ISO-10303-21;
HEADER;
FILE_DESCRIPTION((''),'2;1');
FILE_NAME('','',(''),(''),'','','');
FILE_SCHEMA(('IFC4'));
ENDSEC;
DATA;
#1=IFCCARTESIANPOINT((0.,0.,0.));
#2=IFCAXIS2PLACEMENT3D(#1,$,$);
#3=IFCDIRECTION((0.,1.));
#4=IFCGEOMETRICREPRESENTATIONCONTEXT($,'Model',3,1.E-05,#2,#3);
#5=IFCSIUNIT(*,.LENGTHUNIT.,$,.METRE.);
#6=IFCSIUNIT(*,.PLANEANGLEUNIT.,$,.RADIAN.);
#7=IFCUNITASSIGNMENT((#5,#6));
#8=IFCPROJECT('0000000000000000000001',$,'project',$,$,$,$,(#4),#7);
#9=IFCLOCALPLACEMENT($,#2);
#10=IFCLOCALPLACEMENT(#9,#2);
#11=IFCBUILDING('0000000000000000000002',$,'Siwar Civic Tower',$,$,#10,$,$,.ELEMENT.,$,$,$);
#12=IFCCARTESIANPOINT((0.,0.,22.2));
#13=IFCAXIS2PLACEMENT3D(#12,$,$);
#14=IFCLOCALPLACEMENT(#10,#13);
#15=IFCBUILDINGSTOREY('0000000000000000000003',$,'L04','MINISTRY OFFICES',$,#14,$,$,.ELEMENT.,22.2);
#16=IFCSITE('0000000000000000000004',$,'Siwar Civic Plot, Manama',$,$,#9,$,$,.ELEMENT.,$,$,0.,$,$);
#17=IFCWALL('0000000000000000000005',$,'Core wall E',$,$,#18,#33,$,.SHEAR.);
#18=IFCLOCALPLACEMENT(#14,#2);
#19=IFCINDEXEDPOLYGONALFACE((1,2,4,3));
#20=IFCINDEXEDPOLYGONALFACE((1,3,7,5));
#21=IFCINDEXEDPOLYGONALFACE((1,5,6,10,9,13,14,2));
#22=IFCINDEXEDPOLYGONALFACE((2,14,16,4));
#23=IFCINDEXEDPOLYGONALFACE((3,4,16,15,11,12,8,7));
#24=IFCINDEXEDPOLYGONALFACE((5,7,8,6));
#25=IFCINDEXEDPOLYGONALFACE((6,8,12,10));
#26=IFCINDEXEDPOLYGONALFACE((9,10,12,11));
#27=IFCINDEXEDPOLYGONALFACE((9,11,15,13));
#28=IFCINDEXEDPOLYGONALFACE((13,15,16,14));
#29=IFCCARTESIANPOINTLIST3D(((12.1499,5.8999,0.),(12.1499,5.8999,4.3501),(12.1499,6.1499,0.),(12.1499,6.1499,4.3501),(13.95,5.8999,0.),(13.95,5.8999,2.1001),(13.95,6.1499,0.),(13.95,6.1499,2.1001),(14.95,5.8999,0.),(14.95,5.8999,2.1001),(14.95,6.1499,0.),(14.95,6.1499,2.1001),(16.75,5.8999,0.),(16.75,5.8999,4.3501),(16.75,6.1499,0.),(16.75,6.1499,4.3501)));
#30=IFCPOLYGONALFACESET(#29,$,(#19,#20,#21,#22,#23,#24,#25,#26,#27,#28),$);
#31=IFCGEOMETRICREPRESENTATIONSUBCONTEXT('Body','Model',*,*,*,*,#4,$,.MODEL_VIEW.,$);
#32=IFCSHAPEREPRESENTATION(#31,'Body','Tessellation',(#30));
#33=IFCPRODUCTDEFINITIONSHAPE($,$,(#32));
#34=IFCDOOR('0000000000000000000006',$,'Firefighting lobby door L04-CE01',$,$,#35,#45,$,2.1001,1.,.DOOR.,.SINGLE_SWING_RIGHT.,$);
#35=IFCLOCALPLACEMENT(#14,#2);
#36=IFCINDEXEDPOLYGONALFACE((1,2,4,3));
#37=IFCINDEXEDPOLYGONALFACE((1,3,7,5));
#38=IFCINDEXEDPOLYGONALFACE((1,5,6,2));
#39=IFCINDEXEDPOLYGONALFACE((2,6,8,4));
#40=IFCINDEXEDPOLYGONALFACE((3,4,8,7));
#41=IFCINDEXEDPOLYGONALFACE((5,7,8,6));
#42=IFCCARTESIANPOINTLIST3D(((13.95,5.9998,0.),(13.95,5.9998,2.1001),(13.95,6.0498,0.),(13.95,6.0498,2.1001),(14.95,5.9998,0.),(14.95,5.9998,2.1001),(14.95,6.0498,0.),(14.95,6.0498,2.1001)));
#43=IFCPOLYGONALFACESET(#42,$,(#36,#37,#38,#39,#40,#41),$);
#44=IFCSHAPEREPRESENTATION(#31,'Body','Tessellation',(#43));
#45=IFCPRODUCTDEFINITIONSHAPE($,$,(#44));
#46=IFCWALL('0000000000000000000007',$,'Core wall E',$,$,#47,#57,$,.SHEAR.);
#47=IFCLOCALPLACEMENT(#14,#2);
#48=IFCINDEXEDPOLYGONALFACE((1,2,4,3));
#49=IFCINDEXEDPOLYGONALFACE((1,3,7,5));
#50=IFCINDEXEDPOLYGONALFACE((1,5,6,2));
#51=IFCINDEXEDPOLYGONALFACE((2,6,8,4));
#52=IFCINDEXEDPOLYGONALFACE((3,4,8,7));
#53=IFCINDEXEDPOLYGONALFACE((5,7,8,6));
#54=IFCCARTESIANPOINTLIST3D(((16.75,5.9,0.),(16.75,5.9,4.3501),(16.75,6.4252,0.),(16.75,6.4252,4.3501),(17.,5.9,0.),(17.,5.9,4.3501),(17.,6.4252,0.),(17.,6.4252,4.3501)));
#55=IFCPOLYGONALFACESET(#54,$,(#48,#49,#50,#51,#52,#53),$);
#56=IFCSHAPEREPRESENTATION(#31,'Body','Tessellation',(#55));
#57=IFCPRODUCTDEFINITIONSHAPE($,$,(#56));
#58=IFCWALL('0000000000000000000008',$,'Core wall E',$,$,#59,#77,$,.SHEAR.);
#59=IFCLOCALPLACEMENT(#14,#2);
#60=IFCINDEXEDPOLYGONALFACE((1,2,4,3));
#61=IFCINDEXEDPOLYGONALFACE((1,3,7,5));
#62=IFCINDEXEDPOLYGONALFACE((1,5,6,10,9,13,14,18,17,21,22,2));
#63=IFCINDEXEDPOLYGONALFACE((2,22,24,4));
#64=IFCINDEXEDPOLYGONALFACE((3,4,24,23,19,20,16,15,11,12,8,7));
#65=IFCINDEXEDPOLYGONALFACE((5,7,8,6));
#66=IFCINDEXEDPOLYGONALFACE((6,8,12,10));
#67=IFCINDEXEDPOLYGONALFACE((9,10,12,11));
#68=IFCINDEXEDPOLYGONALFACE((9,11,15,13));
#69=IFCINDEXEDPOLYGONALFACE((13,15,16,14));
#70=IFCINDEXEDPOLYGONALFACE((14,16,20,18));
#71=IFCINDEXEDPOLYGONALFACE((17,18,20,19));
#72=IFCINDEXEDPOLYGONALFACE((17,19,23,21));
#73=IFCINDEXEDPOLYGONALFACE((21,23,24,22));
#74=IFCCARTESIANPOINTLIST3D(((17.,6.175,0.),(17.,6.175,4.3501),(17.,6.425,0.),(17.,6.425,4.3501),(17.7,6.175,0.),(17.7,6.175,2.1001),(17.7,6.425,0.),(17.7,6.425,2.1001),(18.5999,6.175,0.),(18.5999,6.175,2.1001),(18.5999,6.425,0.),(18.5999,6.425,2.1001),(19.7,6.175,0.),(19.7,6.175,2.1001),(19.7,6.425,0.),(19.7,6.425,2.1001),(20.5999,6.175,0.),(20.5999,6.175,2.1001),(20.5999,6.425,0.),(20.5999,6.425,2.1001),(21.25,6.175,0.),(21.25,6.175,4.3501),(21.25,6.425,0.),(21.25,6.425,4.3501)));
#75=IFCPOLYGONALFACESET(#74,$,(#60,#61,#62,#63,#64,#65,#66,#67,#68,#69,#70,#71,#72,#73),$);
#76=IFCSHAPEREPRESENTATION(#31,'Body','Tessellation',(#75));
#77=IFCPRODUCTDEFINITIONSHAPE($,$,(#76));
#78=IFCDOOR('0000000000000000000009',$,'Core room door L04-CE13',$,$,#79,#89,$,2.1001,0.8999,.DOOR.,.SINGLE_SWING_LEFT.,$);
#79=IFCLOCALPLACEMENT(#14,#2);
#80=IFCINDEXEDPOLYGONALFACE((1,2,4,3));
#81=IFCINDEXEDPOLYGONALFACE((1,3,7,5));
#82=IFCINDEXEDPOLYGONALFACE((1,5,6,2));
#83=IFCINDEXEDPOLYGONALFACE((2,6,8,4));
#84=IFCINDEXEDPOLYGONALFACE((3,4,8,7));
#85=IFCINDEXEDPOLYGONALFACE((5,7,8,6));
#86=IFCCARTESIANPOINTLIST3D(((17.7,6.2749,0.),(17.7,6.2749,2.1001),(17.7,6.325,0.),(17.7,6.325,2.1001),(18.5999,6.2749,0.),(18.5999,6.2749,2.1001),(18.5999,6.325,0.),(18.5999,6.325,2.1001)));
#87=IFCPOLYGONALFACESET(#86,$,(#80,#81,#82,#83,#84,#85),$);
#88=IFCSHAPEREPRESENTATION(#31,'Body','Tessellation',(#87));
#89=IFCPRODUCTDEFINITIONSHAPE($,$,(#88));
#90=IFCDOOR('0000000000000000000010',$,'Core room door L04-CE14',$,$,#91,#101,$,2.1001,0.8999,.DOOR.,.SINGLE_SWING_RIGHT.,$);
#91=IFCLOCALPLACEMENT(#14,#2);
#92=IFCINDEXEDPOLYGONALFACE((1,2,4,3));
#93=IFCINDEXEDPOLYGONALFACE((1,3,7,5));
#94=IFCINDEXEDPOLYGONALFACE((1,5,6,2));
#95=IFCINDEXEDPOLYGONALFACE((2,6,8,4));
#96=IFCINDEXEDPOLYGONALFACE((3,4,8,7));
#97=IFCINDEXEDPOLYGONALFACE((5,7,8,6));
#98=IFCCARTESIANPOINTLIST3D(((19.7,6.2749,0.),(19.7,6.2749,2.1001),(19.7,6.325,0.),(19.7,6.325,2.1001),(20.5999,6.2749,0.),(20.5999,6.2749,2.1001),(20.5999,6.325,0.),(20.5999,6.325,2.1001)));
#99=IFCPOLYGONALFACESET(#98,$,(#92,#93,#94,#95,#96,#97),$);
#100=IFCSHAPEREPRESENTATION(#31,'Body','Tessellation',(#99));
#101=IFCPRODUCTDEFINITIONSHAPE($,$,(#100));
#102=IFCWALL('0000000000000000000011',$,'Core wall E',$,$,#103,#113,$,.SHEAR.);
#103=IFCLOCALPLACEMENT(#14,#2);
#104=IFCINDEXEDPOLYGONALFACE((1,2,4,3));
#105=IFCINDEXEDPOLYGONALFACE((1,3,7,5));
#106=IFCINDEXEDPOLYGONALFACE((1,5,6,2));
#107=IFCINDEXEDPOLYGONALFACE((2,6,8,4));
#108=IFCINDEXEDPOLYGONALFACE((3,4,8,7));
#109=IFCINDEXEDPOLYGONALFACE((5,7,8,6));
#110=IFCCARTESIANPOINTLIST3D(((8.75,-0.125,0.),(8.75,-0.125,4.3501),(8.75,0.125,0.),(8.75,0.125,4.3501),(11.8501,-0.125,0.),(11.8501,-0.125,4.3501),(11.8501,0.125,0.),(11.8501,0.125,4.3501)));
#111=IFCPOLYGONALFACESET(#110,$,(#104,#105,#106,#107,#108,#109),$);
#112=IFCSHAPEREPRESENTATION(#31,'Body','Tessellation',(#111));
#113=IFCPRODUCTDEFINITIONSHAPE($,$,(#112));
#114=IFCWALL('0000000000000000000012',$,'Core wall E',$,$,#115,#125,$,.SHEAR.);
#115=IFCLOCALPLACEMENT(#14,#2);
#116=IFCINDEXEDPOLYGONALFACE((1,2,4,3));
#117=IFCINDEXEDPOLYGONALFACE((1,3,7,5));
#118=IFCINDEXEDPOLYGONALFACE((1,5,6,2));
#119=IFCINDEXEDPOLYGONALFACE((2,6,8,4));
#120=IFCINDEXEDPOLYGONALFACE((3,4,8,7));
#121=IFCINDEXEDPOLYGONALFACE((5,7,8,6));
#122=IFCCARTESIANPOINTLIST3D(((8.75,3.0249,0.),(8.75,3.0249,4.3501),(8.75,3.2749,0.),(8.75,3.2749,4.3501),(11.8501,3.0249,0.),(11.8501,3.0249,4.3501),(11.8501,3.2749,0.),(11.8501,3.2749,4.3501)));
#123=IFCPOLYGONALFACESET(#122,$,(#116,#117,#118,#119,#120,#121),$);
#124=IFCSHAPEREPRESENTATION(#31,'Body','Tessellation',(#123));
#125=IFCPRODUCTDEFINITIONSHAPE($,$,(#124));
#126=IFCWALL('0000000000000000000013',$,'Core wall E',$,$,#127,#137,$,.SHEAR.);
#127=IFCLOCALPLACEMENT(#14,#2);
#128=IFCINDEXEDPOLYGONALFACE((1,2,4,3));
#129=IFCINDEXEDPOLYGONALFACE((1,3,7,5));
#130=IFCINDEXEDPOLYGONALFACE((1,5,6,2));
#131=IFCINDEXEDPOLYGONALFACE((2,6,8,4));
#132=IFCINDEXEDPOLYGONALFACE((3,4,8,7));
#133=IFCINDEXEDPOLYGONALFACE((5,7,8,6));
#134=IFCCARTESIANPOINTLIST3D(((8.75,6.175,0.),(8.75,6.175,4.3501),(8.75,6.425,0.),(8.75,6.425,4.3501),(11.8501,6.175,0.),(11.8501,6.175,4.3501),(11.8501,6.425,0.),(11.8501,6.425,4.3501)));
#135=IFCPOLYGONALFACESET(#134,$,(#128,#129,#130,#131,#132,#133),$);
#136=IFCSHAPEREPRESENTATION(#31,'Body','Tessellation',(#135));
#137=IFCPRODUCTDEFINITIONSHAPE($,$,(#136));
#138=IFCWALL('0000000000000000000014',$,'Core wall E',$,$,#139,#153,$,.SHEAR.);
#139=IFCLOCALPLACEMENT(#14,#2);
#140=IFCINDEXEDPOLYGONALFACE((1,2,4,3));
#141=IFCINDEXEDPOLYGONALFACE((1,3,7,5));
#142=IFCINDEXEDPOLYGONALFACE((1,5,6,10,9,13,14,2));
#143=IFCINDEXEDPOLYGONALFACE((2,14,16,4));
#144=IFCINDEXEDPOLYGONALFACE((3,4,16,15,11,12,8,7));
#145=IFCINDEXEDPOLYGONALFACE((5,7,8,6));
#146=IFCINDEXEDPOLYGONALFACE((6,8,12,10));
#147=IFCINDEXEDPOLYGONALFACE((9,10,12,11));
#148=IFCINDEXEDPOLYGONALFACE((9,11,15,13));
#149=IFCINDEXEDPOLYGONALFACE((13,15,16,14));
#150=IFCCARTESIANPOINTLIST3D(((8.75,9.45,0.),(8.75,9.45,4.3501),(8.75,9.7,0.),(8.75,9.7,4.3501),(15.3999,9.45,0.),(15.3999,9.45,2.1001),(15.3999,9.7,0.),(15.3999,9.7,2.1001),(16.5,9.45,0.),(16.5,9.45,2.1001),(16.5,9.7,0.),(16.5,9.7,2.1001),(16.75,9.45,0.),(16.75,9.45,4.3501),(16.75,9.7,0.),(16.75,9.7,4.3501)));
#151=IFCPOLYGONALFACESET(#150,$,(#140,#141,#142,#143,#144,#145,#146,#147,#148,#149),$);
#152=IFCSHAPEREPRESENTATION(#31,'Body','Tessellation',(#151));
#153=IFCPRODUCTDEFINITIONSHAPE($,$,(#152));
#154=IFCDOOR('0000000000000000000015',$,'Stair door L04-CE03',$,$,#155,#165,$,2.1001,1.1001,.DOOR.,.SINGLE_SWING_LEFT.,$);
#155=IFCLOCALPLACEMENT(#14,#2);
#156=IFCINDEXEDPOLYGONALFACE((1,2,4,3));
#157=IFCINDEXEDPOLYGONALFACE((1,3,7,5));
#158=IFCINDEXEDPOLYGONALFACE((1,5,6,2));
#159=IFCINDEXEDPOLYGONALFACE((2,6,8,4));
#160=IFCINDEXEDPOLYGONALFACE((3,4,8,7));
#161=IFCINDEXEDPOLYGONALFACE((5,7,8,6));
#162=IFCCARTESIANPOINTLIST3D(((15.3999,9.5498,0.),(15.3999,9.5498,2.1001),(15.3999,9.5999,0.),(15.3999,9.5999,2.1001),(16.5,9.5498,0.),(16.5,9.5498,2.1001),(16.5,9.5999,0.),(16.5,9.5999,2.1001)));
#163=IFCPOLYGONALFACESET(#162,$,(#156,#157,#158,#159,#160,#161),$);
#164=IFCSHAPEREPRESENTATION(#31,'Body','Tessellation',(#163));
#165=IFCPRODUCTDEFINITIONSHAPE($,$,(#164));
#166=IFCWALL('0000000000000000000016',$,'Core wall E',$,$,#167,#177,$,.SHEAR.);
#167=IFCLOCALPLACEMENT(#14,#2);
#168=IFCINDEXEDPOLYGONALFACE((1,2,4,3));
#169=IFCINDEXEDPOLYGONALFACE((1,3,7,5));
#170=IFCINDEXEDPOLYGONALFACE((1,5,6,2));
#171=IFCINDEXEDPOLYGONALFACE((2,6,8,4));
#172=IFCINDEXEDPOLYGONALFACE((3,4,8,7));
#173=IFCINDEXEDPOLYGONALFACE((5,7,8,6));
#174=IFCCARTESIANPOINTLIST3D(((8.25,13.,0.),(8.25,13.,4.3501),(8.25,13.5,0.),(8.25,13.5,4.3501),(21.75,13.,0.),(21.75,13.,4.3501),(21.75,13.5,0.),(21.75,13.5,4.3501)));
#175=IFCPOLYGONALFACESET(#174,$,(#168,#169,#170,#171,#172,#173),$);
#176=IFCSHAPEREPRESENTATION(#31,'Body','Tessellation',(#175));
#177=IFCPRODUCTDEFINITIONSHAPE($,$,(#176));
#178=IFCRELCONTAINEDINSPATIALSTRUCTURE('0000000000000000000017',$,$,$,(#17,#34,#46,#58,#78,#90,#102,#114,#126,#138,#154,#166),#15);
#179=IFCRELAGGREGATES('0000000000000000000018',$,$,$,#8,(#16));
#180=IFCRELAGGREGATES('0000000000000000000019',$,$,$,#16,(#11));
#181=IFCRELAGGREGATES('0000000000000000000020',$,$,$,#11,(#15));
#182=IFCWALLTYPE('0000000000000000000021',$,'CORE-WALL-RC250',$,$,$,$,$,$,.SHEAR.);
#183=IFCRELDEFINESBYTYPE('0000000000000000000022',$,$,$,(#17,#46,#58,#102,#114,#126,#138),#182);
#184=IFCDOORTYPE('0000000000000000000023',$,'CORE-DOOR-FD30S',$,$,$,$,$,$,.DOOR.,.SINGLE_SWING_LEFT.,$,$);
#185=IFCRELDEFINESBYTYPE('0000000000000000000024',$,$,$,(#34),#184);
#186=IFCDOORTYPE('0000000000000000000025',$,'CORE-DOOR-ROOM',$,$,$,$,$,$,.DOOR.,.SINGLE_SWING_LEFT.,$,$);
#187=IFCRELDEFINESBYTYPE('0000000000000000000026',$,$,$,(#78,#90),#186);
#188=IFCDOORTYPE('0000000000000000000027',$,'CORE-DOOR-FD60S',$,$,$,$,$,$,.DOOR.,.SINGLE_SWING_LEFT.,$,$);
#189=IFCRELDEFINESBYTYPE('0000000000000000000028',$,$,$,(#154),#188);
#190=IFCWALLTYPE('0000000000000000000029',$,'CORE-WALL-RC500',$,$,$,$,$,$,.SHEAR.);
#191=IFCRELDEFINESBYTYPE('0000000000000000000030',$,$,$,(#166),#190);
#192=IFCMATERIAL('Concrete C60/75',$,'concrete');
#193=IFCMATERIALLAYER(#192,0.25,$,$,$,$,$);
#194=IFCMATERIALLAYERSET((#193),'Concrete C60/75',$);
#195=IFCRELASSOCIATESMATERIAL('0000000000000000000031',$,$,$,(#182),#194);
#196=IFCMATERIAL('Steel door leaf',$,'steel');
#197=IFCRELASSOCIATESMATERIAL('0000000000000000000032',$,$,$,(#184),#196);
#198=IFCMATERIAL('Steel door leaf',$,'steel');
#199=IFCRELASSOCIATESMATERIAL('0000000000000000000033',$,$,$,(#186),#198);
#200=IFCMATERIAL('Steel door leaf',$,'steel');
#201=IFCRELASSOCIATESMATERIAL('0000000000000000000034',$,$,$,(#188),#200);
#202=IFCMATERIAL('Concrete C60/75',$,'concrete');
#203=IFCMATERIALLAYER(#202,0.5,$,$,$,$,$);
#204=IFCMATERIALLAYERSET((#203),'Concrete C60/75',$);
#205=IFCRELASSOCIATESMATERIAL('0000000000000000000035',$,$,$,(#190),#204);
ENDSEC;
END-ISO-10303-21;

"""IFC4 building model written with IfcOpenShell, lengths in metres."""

from ifc_helpers import new_model, si_unit, direction, frame, frame_2d, origin, place, context, subcontext, project, spatial, rectangle, extrude, material, layer, layer_set, type_object, element, fill, save


model = new_model("IFC4")

# Units and contexts
model_context = context("Model", 3, precision=1e-05, world=origin(), true_north=direction((0.0, 1.0)))
body_context = subcontext(model_context, "Body", "Model", "MODEL_VIEW")
ifc_project = project(units=[si_unit("LENGTHUNIT", "METRE"), si_unit("PLANEANGLEUNIT", "RADIAN")], contexts=[model_context])

# Site, building, storey
site_placement = place(None, origin())
site = spatial("IfcSite", under=ifc_project, at=site_placement, Name="Siwar Civic Plot, Manama", CompositionType="ELEMENT", RefElevation=0.0)
building_placement = place(site_placement, origin())
building = spatial("IfcBuilding", under=site, at=building_placement, Name="Siwar Civic Tower", CompositionType="ELEMENT")
storey_placement = place(building_placement, frame((0.0, 0.0, 22.2)))
storey = spatial("IfcBuildingStorey", under=building, at=storey_placement, Name="L04", Description="MINISTRY OFFICES", CompositionType="ELEMENT", Elevation=22.2)

# Wall, opening, door
ifc_material_1 = material(Name="Concrete C60/75", Category="concrete")
ifc_layer_1 = layer(ifc_material_1, 0.25)
ifc_layer_set_1 = layer_set([ifc_layer_1], Name="Concrete C60/75")
wall_type_1 = type_object("IfcWallType", Name="CORE-WALL-RC250", PredefinedType="SHEAR", material=ifc_layer_set_1)
wall_1_placement = place(storey_placement, frame((12.1499, 6.0249, 0.0), z_axis=(0.0, 0.0, 1.0), x_axis=(1.0, 0.0, 0.0)))
wall_1 = element("IfcWall", 1, at=wall_1_placement, inside=storey, type_object=wall_type_1, Name="Core wall E", PredefinedType="SHEAR", context=body_context, shape_type="SweptSolid", body=[
    extrude(rectangle(XDim=4.6001, YDim=0.25, at=frame_2d((2.3, 0.0))), origin(), (0.0, 0.0, 1.0), 4.3501),
])
opening_1_placement = place(wall_1_placement, frame((1.8, 0.0, 0.0)))
opening_1 = element("IfcOpeningElement", 2, at=opening_1_placement, cuts=wall_1, PredefinedType="OPENING", context=body_context, shape_type="SweptSolid", body=[
    extrude(rectangle(XDim=1.0, YDim=2.1001, at=frame_2d((0.5, 1.05))), frame((0.0, 0.135, 0.0), z_axis=(0.0, -1.0, 0.0), x_axis=(1.0, 0.0, 0.0)), (0.0, 0.0, 1.0), 0.27),
])
ifc_material_2 = material(Name="Steel door leaf", Category="steel")
door_type_1 = type_object("IfcDoorType", Name="CORE-DOOR-FD30S", OperationType="SINGLE_SWING_LEFT", PredefinedType="DOOR", material=ifc_material_2)
door_1_placement = place(opening_1_placement, origin())
door_1 = element("IfcDoor", 3, at=door_1_placement, inside=storey, type_object=door_type_1, Name="Firefighting lobby door L04-CE01", OperationType="SINGLE_SWING_RIGHT", OverallHeight=2.1001, OverallWidth=1.0, PredefinedType="DOOR", context=body_context, shape_type="SweptSolid", body=[
    extrude(rectangle(XDim=1.0, YDim=2.1001, at=frame_2d((0.5, 1.05))), frame((0.0, 0.0249, 0.0), z_axis=(0.0, -1.0, 0.0), x_axis=(1.0, 0.0, 0.0)), (0.0, 0.0, 1.0), 0.05),
])
fill(opening_1, door_1)

# Wall
wall_2_placement = place(storey_placement, frame((16.875, 5.8999, 0.0), z_axis=(0.0, 0.0, 1.0), x_axis=(0.0, 1.0, 0.0)))
element("IfcWall", 4, at=wall_2_placement, inside=storey, type_object=wall_type_1, Name="Core wall E", PredefinedType="SHEAR", context=body_context, shape_type="SweptSolid", body=[
    extrude(rectangle(XDim=0.5251, YDim=0.25, at=frame_2d((0.2627, 0.0))), origin(), (0.0, 0.0, 1.0), 4.3501),
])

# Wall, openings, doors
wall_3_placement = place(storey_placement, frame((17.0, 6.3, 0.0), z_axis=(0.0, 0.0, 1.0), x_axis=(1.0, 0.0, 0.0)))
wall_3 = element("IfcWall", 5, at=wall_3_placement, inside=storey, type_object=wall_type_1, Name="Core wall E", PredefinedType="SHEAR", context=body_context, shape_type="SweptSolid", body=[
    extrude(rectangle(XDim=4.25, YDim=0.25, at=frame_2d((2.125, 0.0))), origin(), (0.0, 0.0, 1.0), 4.3501),
])
opening_2_placement = place(wall_3_placement, frame((0.7, 0.0, 0.0)))
opening_2 = element("IfcOpeningElement", 6, at=opening_2_placement, cuts=wall_3, PredefinedType="OPENING", context=body_context, shape_type="SweptSolid", body=[
    extrude(rectangle(XDim=0.8999, YDim=2.1001, at=frame_2d((0.45, 1.05))), frame((0.0, 0.135, 0.0), z_axis=(0.0, -1.0, 0.0), x_axis=(1.0, 0.0, 0.0)), (0.0, 0.0, 1.0), 0.27),
])
opening_3_placement = place(wall_3_placement, frame((2.7, 0.0, 0.0)))
opening_3 = element("IfcOpeningElement", 7, at=opening_3_placement, cuts=wall_3, PredefinedType="OPENING", context=body_context, shape_type="SweptSolid", body=[
    extrude(rectangle(XDim=0.8999, YDim=2.1001, at=frame_2d((0.45, 1.05))), frame((0.0, 0.135, 0.0), z_axis=(0.0, -1.0, 0.0), x_axis=(1.0, 0.0, 0.0)), (0.0, 0.0, 1.0), 0.27),
])
ifc_material_3 = material(Name="Steel door leaf", Category="steel")
door_type_2 = type_object("IfcDoorType", Name="CORE-DOOR-ROOM", OperationType="SINGLE_SWING_LEFT", PredefinedType="DOOR", material=ifc_material_3)
door_2_placement = place(opening_2_placement, origin())
door_2 = element("IfcDoor", 8, at=door_2_placement, inside=storey, type_object=door_type_2, Name="Core room door L04-CE13", OperationType="SINGLE_SWING_LEFT", OverallHeight=2.1001, OverallWidth=0.8999, PredefinedType="DOOR", context=body_context, shape_type="SweptSolid", body=[
    extrude(rectangle(XDim=0.8999, YDim=2.1001, at=frame_2d((0.45, 1.05))), frame((0.0, 0.0249, 0.0), z_axis=(0.0, -1.0, 0.0), x_axis=(1.0, 0.0, 0.0)), (0.0, 0.0, 1.0), 0.05),
])
fill(opening_2, door_2)
door_3_placement = place(opening_3_placement, origin())
door_3 = element("IfcDoor", 9, at=door_3_placement, inside=storey, type_object=door_type_2, Name="Core room door L04-CE14", OperationType="SINGLE_SWING_RIGHT", OverallHeight=2.1001, OverallWidth=0.8999, PredefinedType="DOOR", context=body_context, shape_type="SweptSolid", body=[
    extrude(rectangle(XDim=0.8999, YDim=2.1001, at=frame_2d((0.45, 1.05))), frame((0.0, 0.0249, 0.0), z_axis=(0.0, -1.0, 0.0), x_axis=(1.0, 0.0, 0.0)), (0.0, 0.0, 1.0), 0.05),
])
fill(opening_3, door_3)

# Walls
for number, where, z_axis, x_axis, name in (
    (10, (8.75, 0.0, 0.0), (0.0, 0.0, 1.0), (1.0, 0.0, 0.0), "Core wall E"),
    (11, (8.75, 3.1499, 0.0), (0.0, 0.0, 1.0), (1.0, 0.0, 0.0), "Core wall E"),
    (12, (8.75, 6.3, 0.0), (0.0, 0.0, 1.0), (1.0, 0.0, 0.0), "Core wall E"),
):
    element("IfcWall", number, at=place(storey_placement, frame(where, z_axis=z_axis, x_axis=x_axis)), inside=storey, type_object=wall_type_1, Name=name, PredefinedType="SHEAR", context=body_context, shape_type="SweptSolid", body=[
        extrude(rectangle(XDim=3.1001, YDim=0.25, at=frame_2d((1.55, 0.0))), origin(), (0.0, 0.0, 1.0), 4.3501),
    ])

# Wall, opening, door
wall_4_placement = place(storey_placement, frame((8.75, 9.575, 0.0), z_axis=(0.0, 0.0, 1.0), x_axis=(1.0, 0.0, 0.0)))
wall_4 = element("IfcWall", 13, at=wall_4_placement, inside=storey, type_object=wall_type_1, Name="Core wall E", PredefinedType="SHEAR", context=body_context, shape_type="SweptSolid", body=[
    extrude(rectangle(XDim=8.0, YDim=0.25, at=frame_2d((4.0, 0.0))), origin(), (0.0, 0.0, 1.0), 4.3501),
])
opening_4_placement = place(wall_4_placement, frame((6.6499, 0.0, 0.0)))
opening_4 = element("IfcOpeningElement", 14, at=opening_4_placement, cuts=wall_4, PredefinedType="OPENING", context=body_context, shape_type="SweptSolid", body=[
    extrude(rectangle(XDim=1.1001, YDim=2.1001, at=frame_2d((0.55, 1.05))), frame((0.0, 0.135, 0.0), z_axis=(0.0, -1.0, 0.0), x_axis=(1.0, 0.0, 0.0)), (0.0, 0.0, 1.0), 0.27),
])
ifc_material_4 = material(Name="Steel door leaf", Category="steel")
door_type_3 = type_object("IfcDoorType", Name="CORE-DOOR-FD60S", OperationType="SINGLE_SWING_LEFT", PredefinedType="DOOR", material=ifc_material_4)
door_4_placement = place(opening_4_placement, origin())
door_4 = element("IfcDoor", 15, at=door_4_placement, inside=storey, type_object=door_type_3, Name="Stair door L04-CE03", OperationType="SINGLE_SWING_LEFT", OverallHeight=2.1001, OverallWidth=1.1001, PredefinedType="DOOR", context=body_context, shape_type="SweptSolid", body=[
    extrude(rectangle(XDim=1.1001, YDim=2.1001, at=frame_2d((0.55, 1.05))), frame((0.0, 0.0249, 0.0), z_axis=(0.0, -1.0, 0.0), x_axis=(1.0, 0.0, 0.0)), (0.0, 0.0, 1.0), 0.05),
])
fill(opening_4, door_4)

# Wall
ifc_material_5 = material(Name="Concrete C60/75", Category="concrete")
ifc_layer_2 = layer(ifc_material_5, 0.5)
ifc_layer_set_2 = layer_set([ifc_layer_2], Name="Concrete C60/75")
wall_type_2 = type_object("IfcWallType", Name="CORE-WALL-RC500", PredefinedType="SHEAR", material=ifc_layer_set_2)
wall_5_placement = place(storey_placement, frame((8.25, 13.25, 0.0), z_axis=(0.0, 0.0, 1.0), x_axis=(1.0, 0.0, 0.0)))
element("IfcWall", 16, at=wall_5_placement, inside=storey, type_object=wall_type_2, Name="Core wall E", PredefinedType="SHEAR", context=body_context, shape_type="SweptSolid", body=[
    extrude(rectangle(XDim=13.5, YDim=0.5, at=frame_2d((6.75, 0.0))), origin(), (0.0, 0.0, 1.0), 4.3501),
])

save(model, "model.ifc")
